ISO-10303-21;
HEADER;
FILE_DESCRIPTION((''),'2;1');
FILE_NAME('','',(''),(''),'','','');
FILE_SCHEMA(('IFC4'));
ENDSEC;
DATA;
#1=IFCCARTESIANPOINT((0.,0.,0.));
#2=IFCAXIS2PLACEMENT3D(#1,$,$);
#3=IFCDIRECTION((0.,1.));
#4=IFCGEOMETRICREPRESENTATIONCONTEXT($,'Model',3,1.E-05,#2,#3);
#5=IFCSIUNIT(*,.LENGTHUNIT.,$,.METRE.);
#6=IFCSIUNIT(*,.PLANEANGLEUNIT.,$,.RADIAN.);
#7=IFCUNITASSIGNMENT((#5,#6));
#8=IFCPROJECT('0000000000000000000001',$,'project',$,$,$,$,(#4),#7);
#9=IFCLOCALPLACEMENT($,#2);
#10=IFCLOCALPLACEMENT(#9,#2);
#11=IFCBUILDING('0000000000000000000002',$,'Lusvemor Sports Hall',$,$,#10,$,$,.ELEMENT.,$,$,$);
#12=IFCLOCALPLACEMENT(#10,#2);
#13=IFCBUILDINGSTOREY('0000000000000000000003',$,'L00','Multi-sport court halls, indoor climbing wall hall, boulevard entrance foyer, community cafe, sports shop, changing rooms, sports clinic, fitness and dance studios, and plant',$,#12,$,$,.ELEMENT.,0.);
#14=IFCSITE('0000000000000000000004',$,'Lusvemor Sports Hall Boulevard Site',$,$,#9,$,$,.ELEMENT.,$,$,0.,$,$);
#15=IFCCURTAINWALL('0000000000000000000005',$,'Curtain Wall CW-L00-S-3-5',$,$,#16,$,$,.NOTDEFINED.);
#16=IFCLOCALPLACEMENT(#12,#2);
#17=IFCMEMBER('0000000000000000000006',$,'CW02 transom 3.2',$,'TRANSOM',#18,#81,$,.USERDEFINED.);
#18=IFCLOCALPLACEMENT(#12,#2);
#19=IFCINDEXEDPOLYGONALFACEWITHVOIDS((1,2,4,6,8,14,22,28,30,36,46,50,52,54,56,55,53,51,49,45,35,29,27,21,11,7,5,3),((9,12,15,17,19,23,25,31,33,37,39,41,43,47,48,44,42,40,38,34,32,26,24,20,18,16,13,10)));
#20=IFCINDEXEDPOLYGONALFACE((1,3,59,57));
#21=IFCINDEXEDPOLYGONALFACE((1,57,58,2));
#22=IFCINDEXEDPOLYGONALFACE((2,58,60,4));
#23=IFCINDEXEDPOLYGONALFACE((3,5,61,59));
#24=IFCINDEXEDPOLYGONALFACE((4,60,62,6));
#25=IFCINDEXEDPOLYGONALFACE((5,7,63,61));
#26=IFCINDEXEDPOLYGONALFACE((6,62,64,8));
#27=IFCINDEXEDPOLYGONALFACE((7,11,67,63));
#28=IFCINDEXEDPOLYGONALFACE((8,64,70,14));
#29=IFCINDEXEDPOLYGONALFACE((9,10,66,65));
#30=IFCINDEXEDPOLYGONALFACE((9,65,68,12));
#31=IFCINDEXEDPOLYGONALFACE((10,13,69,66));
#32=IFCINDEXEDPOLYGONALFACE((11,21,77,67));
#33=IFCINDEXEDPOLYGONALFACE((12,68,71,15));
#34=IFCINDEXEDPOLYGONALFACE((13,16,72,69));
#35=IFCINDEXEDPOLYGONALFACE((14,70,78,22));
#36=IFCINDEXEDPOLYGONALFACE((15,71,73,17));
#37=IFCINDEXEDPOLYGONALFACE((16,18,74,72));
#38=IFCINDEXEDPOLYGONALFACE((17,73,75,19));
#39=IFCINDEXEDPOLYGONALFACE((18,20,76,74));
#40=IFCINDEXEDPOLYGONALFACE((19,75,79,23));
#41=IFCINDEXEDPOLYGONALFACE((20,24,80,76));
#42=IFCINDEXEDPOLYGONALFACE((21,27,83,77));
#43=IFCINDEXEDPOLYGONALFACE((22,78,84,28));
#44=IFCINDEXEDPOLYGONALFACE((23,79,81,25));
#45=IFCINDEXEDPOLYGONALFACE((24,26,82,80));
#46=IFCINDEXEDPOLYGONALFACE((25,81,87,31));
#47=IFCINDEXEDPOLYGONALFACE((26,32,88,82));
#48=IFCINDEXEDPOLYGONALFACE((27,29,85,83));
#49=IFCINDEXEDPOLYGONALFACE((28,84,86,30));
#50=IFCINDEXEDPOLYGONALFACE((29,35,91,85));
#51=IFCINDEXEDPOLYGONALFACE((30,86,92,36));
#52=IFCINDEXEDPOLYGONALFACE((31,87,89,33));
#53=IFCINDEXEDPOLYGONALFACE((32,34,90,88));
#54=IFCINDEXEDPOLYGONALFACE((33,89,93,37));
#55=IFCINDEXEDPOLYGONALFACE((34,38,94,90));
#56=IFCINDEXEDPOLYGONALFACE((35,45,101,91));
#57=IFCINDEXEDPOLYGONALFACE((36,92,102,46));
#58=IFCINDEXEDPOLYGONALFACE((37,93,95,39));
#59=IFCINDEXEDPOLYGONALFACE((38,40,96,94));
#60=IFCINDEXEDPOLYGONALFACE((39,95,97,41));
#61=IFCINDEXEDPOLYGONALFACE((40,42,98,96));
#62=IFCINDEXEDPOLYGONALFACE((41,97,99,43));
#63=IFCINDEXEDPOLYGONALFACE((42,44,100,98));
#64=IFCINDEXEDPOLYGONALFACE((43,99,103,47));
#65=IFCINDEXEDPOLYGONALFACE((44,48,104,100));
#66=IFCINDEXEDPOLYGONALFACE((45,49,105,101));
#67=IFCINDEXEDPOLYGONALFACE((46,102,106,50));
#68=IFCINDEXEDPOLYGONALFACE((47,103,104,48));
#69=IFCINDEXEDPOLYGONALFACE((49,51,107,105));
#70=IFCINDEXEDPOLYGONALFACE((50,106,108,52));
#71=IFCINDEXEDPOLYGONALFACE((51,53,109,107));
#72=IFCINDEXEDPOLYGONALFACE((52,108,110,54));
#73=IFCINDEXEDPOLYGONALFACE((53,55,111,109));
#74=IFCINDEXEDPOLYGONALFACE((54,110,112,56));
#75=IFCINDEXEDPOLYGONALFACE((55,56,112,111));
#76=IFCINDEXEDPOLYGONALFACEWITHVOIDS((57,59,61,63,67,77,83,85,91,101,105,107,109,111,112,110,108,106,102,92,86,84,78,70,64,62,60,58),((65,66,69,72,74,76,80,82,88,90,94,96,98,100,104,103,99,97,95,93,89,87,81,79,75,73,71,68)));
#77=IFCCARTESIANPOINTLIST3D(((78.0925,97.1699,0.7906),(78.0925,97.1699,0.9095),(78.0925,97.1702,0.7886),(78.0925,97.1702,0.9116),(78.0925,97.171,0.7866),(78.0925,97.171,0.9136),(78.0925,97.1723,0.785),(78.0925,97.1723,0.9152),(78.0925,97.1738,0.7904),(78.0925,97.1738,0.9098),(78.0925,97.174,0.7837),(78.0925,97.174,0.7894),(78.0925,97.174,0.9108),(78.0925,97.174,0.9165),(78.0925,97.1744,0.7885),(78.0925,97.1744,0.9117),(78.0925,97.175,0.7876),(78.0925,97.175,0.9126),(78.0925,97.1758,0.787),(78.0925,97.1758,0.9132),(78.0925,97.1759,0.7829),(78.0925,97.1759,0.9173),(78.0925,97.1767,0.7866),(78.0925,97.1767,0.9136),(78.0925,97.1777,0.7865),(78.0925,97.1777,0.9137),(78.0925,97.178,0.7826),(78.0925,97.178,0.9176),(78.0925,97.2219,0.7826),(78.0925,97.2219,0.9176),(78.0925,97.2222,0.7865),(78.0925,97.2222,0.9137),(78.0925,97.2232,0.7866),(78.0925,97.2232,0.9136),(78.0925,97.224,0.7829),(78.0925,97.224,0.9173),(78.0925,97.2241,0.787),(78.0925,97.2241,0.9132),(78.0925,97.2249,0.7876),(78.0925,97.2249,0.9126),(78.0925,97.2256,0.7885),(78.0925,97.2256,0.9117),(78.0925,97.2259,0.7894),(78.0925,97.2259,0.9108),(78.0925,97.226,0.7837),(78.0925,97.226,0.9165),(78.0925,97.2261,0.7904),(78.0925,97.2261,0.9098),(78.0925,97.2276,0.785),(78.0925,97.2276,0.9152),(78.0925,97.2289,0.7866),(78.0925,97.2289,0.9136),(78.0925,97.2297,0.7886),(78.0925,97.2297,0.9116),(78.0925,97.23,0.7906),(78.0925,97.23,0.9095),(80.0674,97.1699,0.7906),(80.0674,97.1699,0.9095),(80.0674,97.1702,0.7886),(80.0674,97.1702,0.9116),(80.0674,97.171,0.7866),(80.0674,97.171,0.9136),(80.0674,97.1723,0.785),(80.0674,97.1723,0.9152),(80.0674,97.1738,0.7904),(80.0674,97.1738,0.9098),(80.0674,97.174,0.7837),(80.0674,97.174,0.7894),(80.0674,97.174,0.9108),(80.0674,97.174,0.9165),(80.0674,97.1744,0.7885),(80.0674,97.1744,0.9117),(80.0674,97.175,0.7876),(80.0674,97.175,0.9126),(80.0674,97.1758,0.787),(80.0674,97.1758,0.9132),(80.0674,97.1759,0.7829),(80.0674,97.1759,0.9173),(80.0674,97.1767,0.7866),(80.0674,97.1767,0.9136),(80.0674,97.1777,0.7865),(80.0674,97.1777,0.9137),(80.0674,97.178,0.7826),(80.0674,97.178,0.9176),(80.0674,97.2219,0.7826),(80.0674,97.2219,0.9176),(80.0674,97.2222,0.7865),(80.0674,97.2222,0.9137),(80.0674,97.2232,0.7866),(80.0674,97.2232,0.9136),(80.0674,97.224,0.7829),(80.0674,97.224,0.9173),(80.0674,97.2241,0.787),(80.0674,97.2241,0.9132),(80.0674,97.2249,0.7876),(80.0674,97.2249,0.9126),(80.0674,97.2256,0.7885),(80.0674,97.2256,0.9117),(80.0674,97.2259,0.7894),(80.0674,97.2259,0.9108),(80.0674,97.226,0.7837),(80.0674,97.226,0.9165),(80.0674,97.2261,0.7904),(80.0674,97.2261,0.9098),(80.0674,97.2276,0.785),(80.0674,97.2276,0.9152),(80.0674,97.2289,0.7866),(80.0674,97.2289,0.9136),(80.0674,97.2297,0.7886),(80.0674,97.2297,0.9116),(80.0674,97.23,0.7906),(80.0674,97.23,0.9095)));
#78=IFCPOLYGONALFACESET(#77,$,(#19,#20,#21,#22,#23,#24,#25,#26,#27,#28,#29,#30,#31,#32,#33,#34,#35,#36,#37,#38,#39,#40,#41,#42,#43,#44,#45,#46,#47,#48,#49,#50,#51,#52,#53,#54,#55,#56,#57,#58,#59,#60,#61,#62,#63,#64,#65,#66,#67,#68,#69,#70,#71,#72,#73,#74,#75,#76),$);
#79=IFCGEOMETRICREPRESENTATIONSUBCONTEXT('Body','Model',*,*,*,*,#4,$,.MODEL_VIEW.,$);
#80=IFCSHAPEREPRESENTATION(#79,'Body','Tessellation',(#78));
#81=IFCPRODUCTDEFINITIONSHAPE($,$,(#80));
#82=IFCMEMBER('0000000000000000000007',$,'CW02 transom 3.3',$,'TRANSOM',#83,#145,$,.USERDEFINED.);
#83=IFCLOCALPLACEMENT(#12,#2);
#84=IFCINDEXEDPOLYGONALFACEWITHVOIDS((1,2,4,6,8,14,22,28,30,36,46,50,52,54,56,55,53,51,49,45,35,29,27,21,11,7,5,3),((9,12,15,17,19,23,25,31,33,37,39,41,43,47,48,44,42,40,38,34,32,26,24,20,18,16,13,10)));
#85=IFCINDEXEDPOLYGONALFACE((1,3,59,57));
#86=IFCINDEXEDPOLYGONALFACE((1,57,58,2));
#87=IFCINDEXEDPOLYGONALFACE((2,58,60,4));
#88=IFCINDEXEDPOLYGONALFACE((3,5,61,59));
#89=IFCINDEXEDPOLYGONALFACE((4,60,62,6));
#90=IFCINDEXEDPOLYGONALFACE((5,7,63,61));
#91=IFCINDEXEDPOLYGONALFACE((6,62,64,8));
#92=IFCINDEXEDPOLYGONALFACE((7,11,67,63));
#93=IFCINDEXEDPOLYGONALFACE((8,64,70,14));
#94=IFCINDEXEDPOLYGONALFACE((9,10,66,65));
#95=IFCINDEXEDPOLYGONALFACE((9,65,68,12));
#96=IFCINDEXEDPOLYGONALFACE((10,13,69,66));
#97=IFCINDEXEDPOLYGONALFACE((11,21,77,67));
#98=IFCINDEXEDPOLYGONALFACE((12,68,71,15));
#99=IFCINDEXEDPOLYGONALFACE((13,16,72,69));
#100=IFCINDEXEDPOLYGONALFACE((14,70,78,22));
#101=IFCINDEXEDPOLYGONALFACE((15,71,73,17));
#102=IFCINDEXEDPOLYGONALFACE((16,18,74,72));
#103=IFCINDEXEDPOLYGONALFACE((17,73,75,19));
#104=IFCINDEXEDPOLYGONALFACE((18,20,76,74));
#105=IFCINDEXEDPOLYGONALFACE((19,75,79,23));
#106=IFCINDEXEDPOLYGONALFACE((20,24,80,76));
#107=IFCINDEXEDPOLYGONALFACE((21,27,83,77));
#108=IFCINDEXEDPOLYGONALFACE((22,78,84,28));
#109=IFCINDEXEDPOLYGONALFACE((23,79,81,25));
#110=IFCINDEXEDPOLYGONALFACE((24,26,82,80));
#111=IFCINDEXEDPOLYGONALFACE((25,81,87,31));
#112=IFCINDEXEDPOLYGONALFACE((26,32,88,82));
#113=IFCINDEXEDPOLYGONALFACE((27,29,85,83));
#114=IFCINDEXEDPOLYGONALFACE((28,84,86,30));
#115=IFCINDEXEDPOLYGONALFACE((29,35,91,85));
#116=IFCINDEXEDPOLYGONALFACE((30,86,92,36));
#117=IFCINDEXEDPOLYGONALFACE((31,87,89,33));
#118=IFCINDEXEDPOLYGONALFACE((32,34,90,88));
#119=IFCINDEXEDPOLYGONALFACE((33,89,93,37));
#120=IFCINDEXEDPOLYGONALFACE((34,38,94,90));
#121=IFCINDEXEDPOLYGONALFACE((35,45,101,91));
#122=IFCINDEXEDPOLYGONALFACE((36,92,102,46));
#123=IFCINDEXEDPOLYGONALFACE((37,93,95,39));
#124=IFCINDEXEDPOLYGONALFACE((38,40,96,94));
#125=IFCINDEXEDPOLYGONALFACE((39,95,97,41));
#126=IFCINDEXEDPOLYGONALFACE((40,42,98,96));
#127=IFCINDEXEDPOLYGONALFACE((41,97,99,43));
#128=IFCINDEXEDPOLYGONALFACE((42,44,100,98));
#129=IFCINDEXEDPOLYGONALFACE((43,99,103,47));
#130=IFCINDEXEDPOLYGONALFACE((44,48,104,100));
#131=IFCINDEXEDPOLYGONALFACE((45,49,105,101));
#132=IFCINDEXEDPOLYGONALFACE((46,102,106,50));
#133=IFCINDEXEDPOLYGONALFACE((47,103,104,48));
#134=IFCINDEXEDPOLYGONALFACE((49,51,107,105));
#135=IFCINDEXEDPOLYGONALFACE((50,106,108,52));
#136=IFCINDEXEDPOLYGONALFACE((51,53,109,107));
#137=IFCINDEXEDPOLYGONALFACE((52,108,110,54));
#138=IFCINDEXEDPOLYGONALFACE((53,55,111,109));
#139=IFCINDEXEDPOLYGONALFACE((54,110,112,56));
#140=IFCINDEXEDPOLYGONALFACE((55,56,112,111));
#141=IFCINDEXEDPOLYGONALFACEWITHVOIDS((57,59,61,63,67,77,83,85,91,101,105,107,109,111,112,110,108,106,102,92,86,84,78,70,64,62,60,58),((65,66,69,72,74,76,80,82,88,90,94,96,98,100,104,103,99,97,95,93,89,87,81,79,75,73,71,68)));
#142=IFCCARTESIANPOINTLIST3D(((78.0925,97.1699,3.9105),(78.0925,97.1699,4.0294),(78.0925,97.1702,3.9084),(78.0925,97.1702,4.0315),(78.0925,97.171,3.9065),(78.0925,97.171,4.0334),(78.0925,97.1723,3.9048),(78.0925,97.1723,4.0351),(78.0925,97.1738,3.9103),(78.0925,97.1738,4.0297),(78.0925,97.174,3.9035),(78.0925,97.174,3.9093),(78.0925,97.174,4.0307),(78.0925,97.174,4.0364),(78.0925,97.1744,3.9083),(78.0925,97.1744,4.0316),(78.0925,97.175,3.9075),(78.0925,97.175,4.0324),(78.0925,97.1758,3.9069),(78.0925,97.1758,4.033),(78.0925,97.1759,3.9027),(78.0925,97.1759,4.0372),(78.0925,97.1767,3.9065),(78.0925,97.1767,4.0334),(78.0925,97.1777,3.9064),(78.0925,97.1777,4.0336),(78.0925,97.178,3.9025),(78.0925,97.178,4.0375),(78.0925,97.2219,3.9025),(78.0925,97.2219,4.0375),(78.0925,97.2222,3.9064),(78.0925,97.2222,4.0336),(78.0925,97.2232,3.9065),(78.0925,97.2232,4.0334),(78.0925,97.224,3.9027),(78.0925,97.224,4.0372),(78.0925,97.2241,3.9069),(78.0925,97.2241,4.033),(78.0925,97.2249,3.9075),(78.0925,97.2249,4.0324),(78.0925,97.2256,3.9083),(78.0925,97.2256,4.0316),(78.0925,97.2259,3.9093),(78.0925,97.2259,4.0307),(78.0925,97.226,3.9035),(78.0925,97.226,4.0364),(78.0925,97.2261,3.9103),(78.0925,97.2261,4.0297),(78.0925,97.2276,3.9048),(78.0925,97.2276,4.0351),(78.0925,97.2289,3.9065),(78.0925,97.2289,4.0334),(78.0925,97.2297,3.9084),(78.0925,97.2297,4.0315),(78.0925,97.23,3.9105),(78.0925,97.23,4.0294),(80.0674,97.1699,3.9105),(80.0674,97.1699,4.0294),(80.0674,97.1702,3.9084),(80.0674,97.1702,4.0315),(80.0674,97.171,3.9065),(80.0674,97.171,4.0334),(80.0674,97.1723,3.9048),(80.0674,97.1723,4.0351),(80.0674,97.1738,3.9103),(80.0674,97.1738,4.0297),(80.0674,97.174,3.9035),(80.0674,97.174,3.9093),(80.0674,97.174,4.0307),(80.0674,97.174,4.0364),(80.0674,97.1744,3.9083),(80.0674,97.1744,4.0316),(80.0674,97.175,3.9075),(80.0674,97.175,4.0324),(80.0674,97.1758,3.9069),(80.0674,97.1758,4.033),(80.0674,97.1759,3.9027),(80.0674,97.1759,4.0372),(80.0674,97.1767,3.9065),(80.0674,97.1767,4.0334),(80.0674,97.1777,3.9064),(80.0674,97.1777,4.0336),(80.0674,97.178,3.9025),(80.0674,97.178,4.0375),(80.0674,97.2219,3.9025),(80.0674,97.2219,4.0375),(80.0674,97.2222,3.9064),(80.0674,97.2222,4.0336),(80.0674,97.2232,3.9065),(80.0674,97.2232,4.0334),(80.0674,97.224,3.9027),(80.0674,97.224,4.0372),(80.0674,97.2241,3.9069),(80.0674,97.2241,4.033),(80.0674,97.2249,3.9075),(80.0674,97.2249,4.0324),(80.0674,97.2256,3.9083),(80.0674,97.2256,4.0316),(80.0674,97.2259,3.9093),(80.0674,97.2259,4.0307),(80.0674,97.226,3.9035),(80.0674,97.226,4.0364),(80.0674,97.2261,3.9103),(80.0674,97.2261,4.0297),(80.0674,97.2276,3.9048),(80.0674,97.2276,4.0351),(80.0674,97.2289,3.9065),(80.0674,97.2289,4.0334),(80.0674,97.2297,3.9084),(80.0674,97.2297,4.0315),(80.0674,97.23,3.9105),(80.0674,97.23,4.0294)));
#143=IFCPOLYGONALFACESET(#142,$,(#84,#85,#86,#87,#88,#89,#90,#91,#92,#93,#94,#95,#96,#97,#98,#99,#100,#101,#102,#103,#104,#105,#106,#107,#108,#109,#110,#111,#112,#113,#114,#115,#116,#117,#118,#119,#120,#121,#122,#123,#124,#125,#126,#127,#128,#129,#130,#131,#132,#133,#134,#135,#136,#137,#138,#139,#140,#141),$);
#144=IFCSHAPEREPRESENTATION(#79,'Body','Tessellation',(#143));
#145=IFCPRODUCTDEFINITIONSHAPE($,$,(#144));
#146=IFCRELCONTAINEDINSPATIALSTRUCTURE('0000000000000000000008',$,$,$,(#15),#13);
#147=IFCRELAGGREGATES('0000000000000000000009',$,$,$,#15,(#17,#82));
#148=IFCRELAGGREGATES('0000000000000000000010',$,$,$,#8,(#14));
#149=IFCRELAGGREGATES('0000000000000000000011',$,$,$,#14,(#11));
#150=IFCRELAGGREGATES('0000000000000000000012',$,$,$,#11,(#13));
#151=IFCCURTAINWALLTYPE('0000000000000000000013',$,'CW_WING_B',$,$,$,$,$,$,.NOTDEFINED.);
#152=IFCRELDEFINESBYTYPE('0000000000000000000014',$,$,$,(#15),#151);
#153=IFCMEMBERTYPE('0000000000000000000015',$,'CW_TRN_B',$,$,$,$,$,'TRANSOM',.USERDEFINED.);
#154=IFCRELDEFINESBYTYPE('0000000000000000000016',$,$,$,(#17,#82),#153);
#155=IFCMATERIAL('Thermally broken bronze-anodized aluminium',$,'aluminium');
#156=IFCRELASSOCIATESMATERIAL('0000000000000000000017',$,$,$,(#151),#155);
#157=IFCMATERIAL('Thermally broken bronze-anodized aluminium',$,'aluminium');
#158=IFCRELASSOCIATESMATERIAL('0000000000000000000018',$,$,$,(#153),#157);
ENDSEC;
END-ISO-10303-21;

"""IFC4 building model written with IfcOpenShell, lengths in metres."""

from ifc_helpers import new_model, si_unit, direction, frame, origin, origin_2d, place, context, subcontext, project, spatial, hollow_rectangle, extrude, material, material_profile, profile_set, type_object, element, aggregate, save


model = new_model("IFC4")

# Units and contexts
model_context = context("Model", 3, precision=1e-05, world=origin(), true_north=direction((0.0, 1.0)))
body_context = subcontext(model_context, "Body", "Model", "MODEL_VIEW")
ifc_project = project(units=[si_unit("LENGTHUNIT", "METRE"), si_unit("PLANEANGLEUNIT", "RADIAN")], contexts=[model_context])

# Site, building, storey
site_placement = place(None, origin())
site = spatial("IfcSite", under=ifc_project, at=site_placement, Name="Lusvemor Sports Hall Boulevard Site", CompositionType="ELEMENT", RefElevation=0.0)
building_placement = place(site_placement, origin())
building = spatial("IfcBuilding", under=site, at=building_placement, Name="Lusvemor Sports Hall", CompositionType="ELEMENT")
storey_placement = place(building_placement, origin())
storey = spatial("IfcBuildingStorey", under=building, at=storey_placement, Name="L00", Description="Multi-sport court halls, indoor climbing wall hall, boulevard entrance foyer, community cafe, sports shop, changing rooms, sports clinic, fitness and dance studios, and plant", CompositionType="ELEMENT", Elevation=0.0)

# Curtain wall, members
ifc_material_1 = material(Name="Thermally broken bronze-anodized aluminium", Category="aluminium")
curtain_wall_type = type_object("IfcCurtainWallType", Name="CW_WING_B", PredefinedType="NOTDEFINED", material=ifc_material_1)
curtain_wall_placement = place(storey_placement, origin())
curtain_wall = element("IfcCurtainWall", 1, at=curtain_wall_placement, inside=storey, type_object=curtain_wall_type, Name="Curtain Wall CW-L00-S-3-5", PredefinedType="NOTDEFINED")
ifc_material_2 = material(Name="Thermally broken bronze-anodized aluminium", Category="aluminium")
ifc_material_profile_1 = material_profile(ifc_material_2, hollow_rectangle(XDim=0.0601, YDim=0.135, WallThickness=0.0039, InnerFilletRadius=0.0039, OuterFilletRadius=0.0081, at=origin_2d()), Name="CWTRN135x60x4")
ifc_profile_set_1 = profile_set([ifc_material_profile_1], Name="Thermally broken bronze-anodized aluminium")
member_type_1 = type_object("IfcMemberType", Name="CW_TRN_B", ElementType="TRANSOM", PredefinedType="USERDEFINED", material=ifc_profile_set_1)
member_1_placement = place(storey_placement, frame((80.0674, 97.2, 0.8501), z_axis=(-1.0, 0.0, 0.0), x_axis=(0.0, -1.0, 0.0)))
member_1 = element("IfcMember", 2, at=member_1_placement, type_object=member_type_1, Name="CW02 transom 3.2", ObjectType="TRANSOM", PredefinedType="USERDEFINED", context=body_context, shape_type="SweptSolid", body=[
    extrude(hollow_rectangle(XDim=0.0601, YDim=0.135, WallThickness=0.0039, InnerFilletRadius=0.0039, OuterFilletRadius=0.0081, at=origin_2d()), origin(), (0.0, 0.0, 1.0), 1.9749),
])
member_2_placement = place(storey_placement, frame((80.0674, 97.2, 3.97), z_axis=(-1.0, 0.0, 0.0), x_axis=(0.0, -1.0, 0.0)))
member_2 = element("IfcMember", 3, at=member_2_placement, type_object=member_type_1, Name="CW02 transom 3.3", ObjectType="TRANSOM", PredefinedType="USERDEFINED", context=body_context, shape_type="SweptSolid", body=[
    extrude(hollow_rectangle(XDim=0.0601, YDim=0.135, WallThickness=0.0039, InnerFilletRadius=0.0039, OuterFilletRadius=0.0081, at=origin_2d()), origin(), (0.0, 0.0, 1.0), 1.9749),
])
aggregate(curtain_wall, [member_1, member_2])

save(model, "model.ifc")
